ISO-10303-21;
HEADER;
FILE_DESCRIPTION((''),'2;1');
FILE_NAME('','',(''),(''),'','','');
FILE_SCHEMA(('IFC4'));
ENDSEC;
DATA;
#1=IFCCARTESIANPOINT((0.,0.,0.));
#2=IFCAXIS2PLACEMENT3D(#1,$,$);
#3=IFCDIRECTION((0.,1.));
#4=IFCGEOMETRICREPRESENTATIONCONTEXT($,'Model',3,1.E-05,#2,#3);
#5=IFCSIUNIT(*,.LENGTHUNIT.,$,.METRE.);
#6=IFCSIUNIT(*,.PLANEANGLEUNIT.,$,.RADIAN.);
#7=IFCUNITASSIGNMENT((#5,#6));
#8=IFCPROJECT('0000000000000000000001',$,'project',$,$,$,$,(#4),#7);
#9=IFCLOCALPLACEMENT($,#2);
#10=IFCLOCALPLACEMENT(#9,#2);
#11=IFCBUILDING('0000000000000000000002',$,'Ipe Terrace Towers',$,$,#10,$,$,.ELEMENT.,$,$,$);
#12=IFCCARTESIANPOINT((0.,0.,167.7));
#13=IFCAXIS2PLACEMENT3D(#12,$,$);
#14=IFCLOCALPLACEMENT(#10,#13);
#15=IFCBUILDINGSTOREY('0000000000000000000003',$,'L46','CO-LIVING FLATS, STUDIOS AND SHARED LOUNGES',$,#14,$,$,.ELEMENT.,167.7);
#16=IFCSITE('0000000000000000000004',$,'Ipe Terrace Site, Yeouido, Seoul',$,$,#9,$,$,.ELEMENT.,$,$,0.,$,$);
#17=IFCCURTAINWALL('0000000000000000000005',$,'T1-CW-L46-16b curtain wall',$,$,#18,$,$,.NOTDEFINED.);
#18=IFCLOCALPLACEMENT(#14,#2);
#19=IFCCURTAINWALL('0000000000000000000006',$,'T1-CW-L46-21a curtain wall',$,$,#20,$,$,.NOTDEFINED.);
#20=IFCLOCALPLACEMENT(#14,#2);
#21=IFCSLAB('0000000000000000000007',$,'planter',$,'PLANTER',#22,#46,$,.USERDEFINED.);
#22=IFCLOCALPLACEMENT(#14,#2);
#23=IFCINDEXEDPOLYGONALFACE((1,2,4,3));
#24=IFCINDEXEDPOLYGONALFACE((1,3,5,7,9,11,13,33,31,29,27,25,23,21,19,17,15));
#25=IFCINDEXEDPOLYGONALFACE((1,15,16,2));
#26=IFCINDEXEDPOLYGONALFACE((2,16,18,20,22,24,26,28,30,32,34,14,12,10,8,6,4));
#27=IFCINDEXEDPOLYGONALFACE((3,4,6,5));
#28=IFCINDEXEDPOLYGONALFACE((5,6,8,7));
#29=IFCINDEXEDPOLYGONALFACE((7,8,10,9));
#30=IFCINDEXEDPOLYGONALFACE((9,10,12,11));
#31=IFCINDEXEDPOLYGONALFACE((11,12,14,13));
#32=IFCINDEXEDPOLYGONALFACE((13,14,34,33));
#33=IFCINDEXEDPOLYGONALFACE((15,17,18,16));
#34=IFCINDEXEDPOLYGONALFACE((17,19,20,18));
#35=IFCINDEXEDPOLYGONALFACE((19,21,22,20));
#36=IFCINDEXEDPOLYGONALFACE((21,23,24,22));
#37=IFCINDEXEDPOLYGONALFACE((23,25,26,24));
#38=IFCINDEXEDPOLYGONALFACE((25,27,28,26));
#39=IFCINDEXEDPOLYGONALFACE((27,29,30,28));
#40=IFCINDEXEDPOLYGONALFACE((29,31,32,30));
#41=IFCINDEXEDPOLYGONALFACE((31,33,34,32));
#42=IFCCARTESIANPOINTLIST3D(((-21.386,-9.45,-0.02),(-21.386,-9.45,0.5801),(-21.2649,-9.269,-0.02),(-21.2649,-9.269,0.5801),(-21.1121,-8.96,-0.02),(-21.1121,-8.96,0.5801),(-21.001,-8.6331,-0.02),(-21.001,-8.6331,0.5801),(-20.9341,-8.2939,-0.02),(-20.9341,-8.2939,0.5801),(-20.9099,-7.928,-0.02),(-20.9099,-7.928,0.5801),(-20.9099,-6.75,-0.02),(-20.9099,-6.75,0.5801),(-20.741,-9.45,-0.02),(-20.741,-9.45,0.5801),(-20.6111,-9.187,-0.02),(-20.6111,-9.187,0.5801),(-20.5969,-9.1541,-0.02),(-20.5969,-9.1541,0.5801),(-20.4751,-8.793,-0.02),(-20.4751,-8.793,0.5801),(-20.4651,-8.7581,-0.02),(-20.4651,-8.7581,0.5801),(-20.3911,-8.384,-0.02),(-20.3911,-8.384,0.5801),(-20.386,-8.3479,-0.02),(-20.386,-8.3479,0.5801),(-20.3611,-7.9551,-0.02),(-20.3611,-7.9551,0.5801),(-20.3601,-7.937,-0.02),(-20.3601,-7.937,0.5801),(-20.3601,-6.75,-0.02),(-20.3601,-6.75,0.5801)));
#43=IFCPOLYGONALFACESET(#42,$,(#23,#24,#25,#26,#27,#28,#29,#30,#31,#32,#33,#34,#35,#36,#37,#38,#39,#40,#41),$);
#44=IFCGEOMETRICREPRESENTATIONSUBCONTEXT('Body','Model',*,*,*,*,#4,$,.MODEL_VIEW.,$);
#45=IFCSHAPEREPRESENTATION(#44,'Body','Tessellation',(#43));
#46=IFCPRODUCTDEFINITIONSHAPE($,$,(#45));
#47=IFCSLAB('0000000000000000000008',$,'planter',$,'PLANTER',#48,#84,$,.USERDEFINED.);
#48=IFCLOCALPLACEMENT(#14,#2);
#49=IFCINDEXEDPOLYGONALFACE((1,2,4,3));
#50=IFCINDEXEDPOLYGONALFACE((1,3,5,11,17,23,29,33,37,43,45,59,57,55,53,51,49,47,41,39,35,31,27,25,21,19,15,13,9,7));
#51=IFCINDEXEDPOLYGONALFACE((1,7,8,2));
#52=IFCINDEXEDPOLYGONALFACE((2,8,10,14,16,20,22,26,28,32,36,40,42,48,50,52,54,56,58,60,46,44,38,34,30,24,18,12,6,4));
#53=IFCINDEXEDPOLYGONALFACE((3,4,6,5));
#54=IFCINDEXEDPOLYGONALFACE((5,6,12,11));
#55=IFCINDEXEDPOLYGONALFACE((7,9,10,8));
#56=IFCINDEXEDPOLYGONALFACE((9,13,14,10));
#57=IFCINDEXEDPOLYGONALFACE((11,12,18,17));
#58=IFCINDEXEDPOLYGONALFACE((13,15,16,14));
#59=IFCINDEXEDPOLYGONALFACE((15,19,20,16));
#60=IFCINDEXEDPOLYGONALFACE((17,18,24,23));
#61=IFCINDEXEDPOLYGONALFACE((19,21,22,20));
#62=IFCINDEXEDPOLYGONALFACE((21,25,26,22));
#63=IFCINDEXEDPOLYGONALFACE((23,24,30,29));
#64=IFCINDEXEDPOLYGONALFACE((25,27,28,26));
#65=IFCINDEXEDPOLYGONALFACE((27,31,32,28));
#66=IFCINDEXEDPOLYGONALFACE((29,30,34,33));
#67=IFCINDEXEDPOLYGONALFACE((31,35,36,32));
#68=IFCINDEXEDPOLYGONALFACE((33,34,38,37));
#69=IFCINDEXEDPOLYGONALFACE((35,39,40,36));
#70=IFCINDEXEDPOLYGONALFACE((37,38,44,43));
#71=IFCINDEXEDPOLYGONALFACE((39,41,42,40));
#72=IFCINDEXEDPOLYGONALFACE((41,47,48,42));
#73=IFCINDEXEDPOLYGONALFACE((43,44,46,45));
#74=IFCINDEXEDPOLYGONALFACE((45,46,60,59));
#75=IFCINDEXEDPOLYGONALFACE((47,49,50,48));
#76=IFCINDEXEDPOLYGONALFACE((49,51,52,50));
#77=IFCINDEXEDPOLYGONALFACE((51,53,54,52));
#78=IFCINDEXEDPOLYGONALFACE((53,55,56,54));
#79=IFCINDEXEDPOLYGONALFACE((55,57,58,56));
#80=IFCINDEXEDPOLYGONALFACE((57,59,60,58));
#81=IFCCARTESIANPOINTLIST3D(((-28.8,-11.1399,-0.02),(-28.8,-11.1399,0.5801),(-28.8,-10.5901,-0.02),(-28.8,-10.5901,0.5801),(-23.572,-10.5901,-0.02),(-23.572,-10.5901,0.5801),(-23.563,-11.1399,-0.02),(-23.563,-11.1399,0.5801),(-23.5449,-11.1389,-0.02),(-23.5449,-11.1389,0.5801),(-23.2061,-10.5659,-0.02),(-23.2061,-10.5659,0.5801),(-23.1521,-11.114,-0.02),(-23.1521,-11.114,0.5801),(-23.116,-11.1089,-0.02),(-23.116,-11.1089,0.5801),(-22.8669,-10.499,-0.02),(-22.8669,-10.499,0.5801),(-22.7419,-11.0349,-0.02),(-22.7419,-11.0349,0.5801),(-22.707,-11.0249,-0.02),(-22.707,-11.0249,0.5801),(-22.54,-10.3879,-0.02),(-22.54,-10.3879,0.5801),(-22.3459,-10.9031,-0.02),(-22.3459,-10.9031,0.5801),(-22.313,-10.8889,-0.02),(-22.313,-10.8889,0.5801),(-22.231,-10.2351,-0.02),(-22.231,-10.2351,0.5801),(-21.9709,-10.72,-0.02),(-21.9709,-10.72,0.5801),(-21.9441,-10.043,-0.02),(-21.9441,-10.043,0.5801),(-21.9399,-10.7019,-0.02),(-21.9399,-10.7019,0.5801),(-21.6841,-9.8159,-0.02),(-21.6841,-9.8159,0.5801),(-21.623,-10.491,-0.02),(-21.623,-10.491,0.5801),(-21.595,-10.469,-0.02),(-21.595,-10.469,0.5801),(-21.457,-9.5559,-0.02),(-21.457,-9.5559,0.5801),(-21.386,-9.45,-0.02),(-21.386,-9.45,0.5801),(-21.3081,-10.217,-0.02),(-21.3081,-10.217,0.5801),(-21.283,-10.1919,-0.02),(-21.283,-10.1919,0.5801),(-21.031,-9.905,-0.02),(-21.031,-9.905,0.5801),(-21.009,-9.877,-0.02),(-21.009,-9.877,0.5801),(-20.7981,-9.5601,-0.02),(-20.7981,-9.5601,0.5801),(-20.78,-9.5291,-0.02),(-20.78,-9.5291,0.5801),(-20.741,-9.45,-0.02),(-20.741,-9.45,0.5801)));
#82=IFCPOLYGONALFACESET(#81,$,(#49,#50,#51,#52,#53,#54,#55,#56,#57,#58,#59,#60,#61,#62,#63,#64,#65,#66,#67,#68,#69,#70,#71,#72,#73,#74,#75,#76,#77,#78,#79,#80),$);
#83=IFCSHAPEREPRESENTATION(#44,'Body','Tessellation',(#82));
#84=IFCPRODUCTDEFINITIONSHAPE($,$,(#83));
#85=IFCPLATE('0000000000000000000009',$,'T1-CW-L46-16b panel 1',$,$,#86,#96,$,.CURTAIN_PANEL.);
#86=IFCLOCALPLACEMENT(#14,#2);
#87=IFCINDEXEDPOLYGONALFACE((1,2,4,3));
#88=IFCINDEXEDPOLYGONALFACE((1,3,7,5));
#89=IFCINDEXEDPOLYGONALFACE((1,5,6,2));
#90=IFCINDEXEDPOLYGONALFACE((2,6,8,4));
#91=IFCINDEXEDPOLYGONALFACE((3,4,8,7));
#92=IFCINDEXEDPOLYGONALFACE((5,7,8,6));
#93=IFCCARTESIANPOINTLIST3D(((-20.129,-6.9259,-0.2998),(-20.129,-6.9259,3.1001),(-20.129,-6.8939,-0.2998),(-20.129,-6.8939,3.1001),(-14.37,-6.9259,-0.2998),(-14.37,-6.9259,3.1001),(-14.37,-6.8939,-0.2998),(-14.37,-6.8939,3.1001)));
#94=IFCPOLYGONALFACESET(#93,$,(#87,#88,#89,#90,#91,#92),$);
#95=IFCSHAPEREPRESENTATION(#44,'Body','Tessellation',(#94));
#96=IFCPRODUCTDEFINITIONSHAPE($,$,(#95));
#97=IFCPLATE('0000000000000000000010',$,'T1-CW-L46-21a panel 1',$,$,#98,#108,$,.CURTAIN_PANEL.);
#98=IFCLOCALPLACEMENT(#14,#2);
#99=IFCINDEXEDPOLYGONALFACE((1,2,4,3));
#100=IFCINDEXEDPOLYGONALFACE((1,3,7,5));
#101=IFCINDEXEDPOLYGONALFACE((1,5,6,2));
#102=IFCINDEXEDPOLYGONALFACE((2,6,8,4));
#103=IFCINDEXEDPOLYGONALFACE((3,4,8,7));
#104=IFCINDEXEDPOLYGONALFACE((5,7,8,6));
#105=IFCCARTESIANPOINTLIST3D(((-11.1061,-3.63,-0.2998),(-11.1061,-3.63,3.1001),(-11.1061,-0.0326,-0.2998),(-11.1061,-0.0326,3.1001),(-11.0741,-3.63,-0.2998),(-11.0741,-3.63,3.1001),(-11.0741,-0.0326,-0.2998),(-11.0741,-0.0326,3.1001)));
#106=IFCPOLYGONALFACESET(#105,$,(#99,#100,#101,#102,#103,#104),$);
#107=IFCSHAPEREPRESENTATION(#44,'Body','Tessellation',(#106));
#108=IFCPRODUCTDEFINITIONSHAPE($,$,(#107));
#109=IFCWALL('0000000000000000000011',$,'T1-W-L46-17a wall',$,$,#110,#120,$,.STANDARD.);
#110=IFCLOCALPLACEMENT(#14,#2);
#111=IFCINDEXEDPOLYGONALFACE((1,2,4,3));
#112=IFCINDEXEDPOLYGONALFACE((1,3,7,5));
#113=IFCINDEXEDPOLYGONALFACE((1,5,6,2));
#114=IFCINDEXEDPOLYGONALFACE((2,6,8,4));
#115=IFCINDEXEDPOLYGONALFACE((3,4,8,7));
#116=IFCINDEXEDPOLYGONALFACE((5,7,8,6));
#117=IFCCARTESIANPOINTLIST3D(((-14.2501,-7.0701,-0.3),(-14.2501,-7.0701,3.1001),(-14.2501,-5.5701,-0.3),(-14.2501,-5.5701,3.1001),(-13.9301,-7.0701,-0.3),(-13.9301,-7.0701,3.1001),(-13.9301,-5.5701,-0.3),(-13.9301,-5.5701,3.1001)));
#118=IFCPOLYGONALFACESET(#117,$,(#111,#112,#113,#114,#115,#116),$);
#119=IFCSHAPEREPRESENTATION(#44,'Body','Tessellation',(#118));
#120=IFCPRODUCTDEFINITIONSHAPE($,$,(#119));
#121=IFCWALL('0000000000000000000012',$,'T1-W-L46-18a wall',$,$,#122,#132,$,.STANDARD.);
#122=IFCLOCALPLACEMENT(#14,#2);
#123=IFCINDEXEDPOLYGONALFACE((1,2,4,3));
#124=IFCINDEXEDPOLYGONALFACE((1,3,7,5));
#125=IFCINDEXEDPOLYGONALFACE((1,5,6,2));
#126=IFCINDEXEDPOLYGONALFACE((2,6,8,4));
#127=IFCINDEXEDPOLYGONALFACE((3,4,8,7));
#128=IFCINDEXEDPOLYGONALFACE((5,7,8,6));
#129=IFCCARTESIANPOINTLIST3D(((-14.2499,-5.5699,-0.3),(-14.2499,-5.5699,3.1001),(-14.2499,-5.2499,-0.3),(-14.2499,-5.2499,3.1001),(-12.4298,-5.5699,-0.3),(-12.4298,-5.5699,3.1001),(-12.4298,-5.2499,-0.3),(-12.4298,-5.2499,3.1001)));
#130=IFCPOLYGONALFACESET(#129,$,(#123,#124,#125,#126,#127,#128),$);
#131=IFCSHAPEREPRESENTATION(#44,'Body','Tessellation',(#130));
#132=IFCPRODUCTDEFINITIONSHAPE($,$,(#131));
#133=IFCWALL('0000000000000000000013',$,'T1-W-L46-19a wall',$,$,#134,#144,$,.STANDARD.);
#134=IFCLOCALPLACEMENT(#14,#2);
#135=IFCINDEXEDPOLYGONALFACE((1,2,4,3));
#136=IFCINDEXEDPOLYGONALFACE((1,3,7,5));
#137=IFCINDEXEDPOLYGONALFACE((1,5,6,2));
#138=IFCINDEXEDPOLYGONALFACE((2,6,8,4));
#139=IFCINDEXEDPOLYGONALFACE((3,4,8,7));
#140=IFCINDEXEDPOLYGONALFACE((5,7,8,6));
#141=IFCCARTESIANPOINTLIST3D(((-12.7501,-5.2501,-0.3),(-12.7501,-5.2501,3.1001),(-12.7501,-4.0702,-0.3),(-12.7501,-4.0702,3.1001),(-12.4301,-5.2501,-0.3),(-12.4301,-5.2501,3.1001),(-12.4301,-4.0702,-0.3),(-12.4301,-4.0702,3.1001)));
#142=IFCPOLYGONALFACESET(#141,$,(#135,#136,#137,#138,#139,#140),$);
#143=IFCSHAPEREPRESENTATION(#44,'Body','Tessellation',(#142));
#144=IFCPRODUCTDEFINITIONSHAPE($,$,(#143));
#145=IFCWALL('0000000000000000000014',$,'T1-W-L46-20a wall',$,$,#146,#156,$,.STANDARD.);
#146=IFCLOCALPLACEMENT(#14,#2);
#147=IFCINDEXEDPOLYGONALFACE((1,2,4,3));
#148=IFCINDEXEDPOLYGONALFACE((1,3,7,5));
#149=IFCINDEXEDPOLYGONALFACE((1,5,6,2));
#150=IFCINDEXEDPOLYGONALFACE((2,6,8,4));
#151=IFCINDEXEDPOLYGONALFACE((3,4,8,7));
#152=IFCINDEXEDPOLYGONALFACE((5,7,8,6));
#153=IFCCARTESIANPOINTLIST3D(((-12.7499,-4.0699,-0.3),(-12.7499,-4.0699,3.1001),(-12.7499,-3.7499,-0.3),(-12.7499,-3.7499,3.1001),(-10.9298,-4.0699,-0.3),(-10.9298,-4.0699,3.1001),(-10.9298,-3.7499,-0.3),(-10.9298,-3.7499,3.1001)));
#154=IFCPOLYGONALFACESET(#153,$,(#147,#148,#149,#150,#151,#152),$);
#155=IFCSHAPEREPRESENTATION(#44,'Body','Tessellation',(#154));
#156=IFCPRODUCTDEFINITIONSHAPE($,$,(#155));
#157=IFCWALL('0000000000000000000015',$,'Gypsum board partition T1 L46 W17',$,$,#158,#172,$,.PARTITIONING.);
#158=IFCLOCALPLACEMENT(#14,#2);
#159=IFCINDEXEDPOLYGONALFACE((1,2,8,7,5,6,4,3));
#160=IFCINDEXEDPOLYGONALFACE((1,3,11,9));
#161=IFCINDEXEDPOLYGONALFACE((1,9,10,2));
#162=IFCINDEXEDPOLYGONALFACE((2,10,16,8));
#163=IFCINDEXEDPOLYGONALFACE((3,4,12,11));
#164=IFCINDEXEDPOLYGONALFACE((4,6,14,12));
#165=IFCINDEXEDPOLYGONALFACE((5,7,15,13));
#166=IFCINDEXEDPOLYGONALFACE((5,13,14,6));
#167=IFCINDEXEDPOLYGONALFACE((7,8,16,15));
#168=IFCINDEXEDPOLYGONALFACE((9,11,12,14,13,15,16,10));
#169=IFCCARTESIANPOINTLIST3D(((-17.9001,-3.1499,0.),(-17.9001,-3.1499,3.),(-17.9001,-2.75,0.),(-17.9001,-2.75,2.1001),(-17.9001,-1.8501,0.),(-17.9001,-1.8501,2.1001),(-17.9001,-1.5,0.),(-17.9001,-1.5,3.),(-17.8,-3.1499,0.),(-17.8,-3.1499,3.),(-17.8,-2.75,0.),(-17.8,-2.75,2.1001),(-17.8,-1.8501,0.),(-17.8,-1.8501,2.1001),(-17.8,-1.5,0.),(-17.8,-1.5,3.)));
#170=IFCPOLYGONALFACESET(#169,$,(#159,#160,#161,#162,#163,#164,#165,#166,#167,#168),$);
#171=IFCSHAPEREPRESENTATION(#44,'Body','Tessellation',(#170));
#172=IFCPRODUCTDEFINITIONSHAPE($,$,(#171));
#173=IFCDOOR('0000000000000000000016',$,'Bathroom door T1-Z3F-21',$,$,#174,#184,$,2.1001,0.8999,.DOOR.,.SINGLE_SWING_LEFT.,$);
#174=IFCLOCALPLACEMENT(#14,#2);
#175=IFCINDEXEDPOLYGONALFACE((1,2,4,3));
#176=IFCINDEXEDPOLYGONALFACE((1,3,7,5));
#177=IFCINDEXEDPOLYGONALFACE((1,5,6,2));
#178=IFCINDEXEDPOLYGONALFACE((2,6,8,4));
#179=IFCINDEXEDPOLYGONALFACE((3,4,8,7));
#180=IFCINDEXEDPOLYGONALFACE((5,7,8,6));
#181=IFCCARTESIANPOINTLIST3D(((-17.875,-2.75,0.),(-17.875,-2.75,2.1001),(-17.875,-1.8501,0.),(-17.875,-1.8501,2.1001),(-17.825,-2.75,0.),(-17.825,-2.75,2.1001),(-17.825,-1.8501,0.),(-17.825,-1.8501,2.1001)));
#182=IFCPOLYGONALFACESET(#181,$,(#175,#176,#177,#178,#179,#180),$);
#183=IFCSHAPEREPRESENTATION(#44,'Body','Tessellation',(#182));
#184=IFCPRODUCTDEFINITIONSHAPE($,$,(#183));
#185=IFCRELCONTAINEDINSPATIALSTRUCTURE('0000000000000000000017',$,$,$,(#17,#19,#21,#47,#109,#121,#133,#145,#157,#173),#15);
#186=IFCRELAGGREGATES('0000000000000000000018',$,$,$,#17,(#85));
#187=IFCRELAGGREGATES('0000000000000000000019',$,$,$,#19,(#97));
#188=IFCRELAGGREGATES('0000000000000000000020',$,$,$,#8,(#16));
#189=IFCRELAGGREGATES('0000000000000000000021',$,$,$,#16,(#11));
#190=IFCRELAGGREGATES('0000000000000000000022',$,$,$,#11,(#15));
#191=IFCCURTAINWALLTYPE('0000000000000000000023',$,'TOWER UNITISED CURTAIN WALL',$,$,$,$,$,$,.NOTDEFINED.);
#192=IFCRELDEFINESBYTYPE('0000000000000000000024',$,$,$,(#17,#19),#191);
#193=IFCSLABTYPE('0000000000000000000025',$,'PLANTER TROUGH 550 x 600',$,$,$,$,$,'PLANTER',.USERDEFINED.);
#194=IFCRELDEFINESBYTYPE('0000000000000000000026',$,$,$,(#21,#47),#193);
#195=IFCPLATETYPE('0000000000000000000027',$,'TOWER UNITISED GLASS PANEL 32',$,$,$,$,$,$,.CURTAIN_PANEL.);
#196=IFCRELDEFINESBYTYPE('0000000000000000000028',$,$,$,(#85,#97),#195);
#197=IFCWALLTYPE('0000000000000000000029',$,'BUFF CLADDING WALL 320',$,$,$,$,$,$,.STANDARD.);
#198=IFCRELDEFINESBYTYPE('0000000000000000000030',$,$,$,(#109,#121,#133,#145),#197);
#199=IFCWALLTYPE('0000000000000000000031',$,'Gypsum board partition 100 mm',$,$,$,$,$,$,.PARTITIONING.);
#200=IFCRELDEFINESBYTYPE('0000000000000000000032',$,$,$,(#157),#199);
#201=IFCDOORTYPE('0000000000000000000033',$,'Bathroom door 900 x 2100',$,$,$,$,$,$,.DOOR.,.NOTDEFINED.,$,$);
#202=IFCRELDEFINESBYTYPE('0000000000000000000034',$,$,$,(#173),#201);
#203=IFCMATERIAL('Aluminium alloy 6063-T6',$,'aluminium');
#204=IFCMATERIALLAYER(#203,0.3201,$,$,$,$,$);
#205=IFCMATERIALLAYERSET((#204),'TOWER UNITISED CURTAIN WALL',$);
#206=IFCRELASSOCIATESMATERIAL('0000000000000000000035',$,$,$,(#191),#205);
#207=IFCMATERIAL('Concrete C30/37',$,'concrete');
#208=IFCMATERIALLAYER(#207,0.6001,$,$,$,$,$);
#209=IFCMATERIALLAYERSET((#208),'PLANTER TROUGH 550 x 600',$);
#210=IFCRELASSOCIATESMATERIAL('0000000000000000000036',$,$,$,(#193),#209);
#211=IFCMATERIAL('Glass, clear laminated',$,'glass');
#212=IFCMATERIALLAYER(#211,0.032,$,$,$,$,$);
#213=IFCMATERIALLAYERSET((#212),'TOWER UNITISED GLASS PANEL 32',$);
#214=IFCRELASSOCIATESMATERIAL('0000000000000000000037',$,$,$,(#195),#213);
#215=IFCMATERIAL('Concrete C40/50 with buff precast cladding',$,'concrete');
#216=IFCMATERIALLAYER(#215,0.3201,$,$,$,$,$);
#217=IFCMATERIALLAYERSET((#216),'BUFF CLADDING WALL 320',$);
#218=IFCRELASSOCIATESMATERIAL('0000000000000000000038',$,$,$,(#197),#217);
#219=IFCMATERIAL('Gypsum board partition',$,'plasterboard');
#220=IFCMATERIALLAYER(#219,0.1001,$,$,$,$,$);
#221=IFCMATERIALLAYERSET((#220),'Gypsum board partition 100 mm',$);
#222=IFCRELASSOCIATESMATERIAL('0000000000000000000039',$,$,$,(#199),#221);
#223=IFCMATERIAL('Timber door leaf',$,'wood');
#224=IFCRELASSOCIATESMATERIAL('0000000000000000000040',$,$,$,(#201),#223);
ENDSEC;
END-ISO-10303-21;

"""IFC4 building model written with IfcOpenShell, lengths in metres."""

from ifc_helpers import new_model, si_unit, direction, frame, frame_2d, origin, origin_2d, place, context, subcontext, project, spatial, polyline, rectangle, outline, extrude, material, layer, layer_set, type_object, element, fill, aggregate, save


model = new_model("IFC4")

# Units and contexts
model_context = context("Model", 3, precision=1e-05, world=origin(), true_north=direction((0.0, 1.0)))
body_context = subcontext(model_context, "Body", "Model", "MODEL_VIEW")
ifc_project = project(units=[si_unit("LENGTHUNIT", "METRE"), si_unit("PLANEANGLEUNIT", "RADIAN")], contexts=[model_context])

# Site, building, storey
site_placement = place(None, origin())
site = spatial("IfcSite", under=ifc_project, at=site_placement, Name="Ipe Terrace Site, Yeouido, Seoul", CompositionType="ELEMENT", RefElevation=0.0)
building_placement = place(site_placement, origin())
building = spatial("IfcBuilding", under=site, at=building_placement, Name="Ipe Terrace Towers", CompositionType="ELEMENT")
storey_placement = place(building_placement, frame((0.0, 0.0, 167.7)))
storey = spatial("IfcBuildingStorey", under=building, at=storey_placement, Name="L46", Description="CO-LIVING FLATS, STUDIOS AND SHARED LOUNGES", CompositionType="ELEMENT", Elevation=167.7)

# Curtain wall
ifc_material_1 = material(Name="Aluminium alloy 6063-T6", Category="aluminium")
ifc_layer_1 = layer(ifc_material_1, 0.3201)
ifc_layer_set_1 = layer_set([ifc_layer_1], Name="TOWER UNITISED CURTAIN WALL")
curtain_wall_type = type_object("IfcCurtainWallType", Name="TOWER UNITISED CURTAIN WALL", PredefinedType="NOTDEFINED", material=ifc_layer_set_1)
curtain_wall_1_placement = place(storey_placement, origin())
curtain_wall_1 = element("IfcCurtainWall", 1, at=curtain_wall_1_placement, inside=storey, type_object=curtain_wall_type, Name="T1-CW-L46-16b curtain wall", PredefinedType="NOTDEFINED")

# Curtain wall
curtain_wall_2_placement = place(storey_placement, origin())
curtain_wall_2 = element("IfcCurtainWall", 2, at=curtain_wall_2_placement, inside=storey, type_object=curtain_wall_type, Name="T1-CW-L46-21a curtain wall", PredefinedType="NOTDEFINED")

# Slabs
ifc_material_2 = material(Name="Concrete C30/37", Category="concrete")
ifc_layer_2 = layer(ifc_material_2, 0.6001)
ifc_layer_set_2 = layer_set([ifc_layer_2], Name="PLANTER TROUGH 550 x 600")
slab_type_1 = type_object("IfcSlabType", Name="PLANTER TROUGH 550 x 600", ElementType="PLANTER", PredefinedType="USERDEFINED", material=ifc_layer_set_2)
slab_1_placement = place(storey_placement, frame((0.0, 0.0, -0.02)))
element("IfcSlab", 3, at=slab_1_placement, inside=storey, type_object=slab_type_1, Name="planter", ObjectType="PLANTER", PredefinedType="USERDEFINED", context=body_context, shape_type="SweptSolid", body=[
    extrude(outline(polyline([(-21.001, -8.6331), (-21.1121, -8.96), (-21.2649, -9.269), (-21.386, -9.45), (-20.741, -9.45), (-20.6111, -9.187), (-20.5969, -9.1541), (-20.4751, -8.793), (-20.4651, -8.7581), (-20.3911, -8.384), (-20.386, -8.3479), (-20.3611, -7.9551), (-20.3601, -7.937), (-20.3601, -6.75), (-20.9099, -6.75), (-20.9099, -7.928), (-20.9341, -8.2939), (-21.001, -8.6331)])), origin(), (0.0, 0.0, 1.0), 0.6001),
])
slab_2_placement = place(storey_placement, frame((0.0, 0.0, -0.02)))
element("IfcSlab", 4, at=slab_2_placement, inside=storey, type_object=slab_type_1, Name="planter", ObjectType="PLANTER", PredefinedType="USERDEFINED", context=body_context, shape_type="SweptSolid", body=[
    extrude(outline(polyline([(-21.457, -9.5559), (-21.6841, -9.8159), (-21.9441, -10.043), (-22.231, -10.2351), (-22.54, -10.3879), (-22.8669, -10.499), (-23.2061, -10.5659), (-23.572, -10.5901), (-28.8, -10.5901), (-28.8, -11.1399), (-23.563, -11.1399), (-23.5449, -11.1389), (-23.1521, -11.114), (-23.116, -11.1089), (-22.7419, -11.0349), (-22.707, -11.0249), (-22.3459, -10.9031), (-22.313, -10.8889), (-21.9709, -10.72), (-21.9399, -10.7019), (-21.623, -10.491), (-21.595, -10.469), (-21.3081, -10.217), (-21.283, -10.1919), (-21.031, -9.905), (-21.009, -9.877), (-20.7981, -9.5601), (-20.78, -9.5291), (-20.741, -9.45), (-21.386, -9.45), (-21.457, -9.5559)])), origin(), (0.0, 0.0, 1.0), 0.6001),
])

# Plates
ifc_material_3 = material(Name="Glass, clear laminated", Category="glass")
ifc_layer_3 = layer(ifc_material_3, 0.032)
ifc_layer_set_3 = layer_set([ifc_layer_3], Name="TOWER UNITISED GLASS PANEL 32")
plate_type = type_object("IfcPlateType", Name="TOWER UNITISED GLASS PANEL 32", PredefinedType="CURTAIN_PANEL", material=ifc_layer_set_3)
plate_1_placement = place(storey_placement, frame((-17.2495, -6.9099, -0.2998), z_axis=(0.0, 0.0, 1.0), x_axis=(1.0, 0.0, 0.0)))
plate_1 = element("IfcPlate", 5, at=plate_1_placement, type_object=plate_type, Name="T1-CW-L46-16b panel 1", PredefinedType="CURTAIN_PANEL", context=body_context, shape_type="SweptSolid", body=[
    extrude(rectangle(XDim=5.759, YDim=0.032, at=origin_2d()), origin(), (0.0, 0.0, 1.0), 3.3999),
])
aggregate(curtain_wall_1, [plate_1])
plate_2_placement = place(storey_placement, frame((-11.0901, -1.8313, -0.2998), z_axis=(0.0, 0.0, 1.0), x_axis=(0.0, 1.0, 0.0)))
plate_2 = element("IfcPlate", 6, at=plate_2_placement, type_object=plate_type, Name="T1-CW-L46-21a panel 1", PredefinedType="CURTAIN_PANEL", context=body_context, shape_type="SweptSolid", body=[
    extrude(rectangle(XDim=3.5974, YDim=0.032, at=origin_2d()), origin(), (0.0, 0.0, 1.0), 3.3999),
])
aggregate(curtain_wall_2, [plate_2])

# Walls
ifc_material_4 = material(Name="Concrete C40/50 with buff precast cladding", Category="concrete")
ifc_layer_4 = layer(ifc_material_4, 0.3201)
ifc_layer_set_4 = layer_set([ifc_layer_4], Name="BUFF CLADDING WALL 320")
wall_type_1 = type_object("IfcWallType", Name="BUFF CLADDING WALL 320", PredefinedType="STANDARD", material=ifc_layer_set_4)
wall_1_placement = place(storey_placement, frame((-14.0901, -7.0701, -0.3), z_axis=(0.0, 0.0, 1.0), x_axis=(0.0, 1.0, 0.0)))
element("IfcWall", 7, at=wall_1_placement, inside=storey, type_object=wall_type_1, Name="T1-W-L46-17a wall", PredefinedType="STANDARD", context=body_context, shape_type="SweptSolid", body=[
    extrude(rectangle(XDim=1.5, YDim=0.3201, at=frame_2d((0.75, 0.0))), origin(), (0.0, 0.0, 1.0), 3.4001),
])
wall_2_placement = place(storey_placement, frame((-14.25, -5.4099, -0.3), z_axis=(0.0, 0.0, 1.0), x_axis=(1.0, 0.0, 0.0)))
element("IfcWall", 8, at=wall_2_placement, inside=storey, type_object=wall_type_1, Name="T1-W-L46-18a wall", PredefinedType="STANDARD", context=body_context, shape_type="SweptSolid", body=[
    extrude(rectangle(XDim=1.8201, YDim=0.3201, at=frame_2d((0.9102, 0.0))), origin(), (0.0, 0.0, 1.0), 3.4001),
])
wall_3_placement = place(storey_placement, frame((-12.5901, -5.25, -0.3), z_axis=(0.0, 0.0, 1.0), x_axis=(0.0, 1.0, 0.0)))
element("IfcWall", 9, at=wall_3_placement, inside=storey, type_object=wall_type_1, Name="T1-W-L46-19a wall", PredefinedType="STANDARD", context=body_context, shape_type="SweptSolid", body=[
    extrude(rectangle(XDim=1.1799, YDim=0.3201, at=frame_2d((0.5898, 0.0))), origin(), (0.0, 0.0, 1.0), 3.4001),
])
wall_4_placement = place(storey_placement, frame((-12.75, -3.9099, -0.3), z_axis=(0.0, 0.0, 1.0), x_axis=(1.0, 0.0, 0.0)))
element("IfcWall", 10, at=wall_4_placement, inside=storey, type_object=wall_type_1, Name="T1-W-L46-20a wall", PredefinedType="STANDARD", context=body_context, shape_type="SweptSolid", body=[
    extrude(rectangle(XDim=1.8201, YDim=0.3201, at=frame_2d((0.9102, 0.0))), origin(), (0.0, 0.0, 1.0), 3.4001),
])

# Wall, opening, door
ifc_material_5 = material(Name="Gypsum board partition", Category="plasterboard")
ifc_layer_5 = layer(ifc_material_5, 0.1001)
ifc_layer_set_5 = layer_set([ifc_layer_5], Name="Gypsum board partition 100 mm")
wall_type_2 = type_object("IfcWallType", Name="Gypsum board partition 100 mm", PredefinedType="PARTITIONING", material=ifc_layer_set_5)
wall_5_placement = place(storey_placement, frame((-17.8501, -3.1499, 0.0), z_axis=(0.0, 0.0, 1.0), x_axis=(0.0, 1.0, 0.0)))
wall_5 = element("IfcWall", 11, at=wall_5_placement, inside=storey, type_object=wall_type_2, Name="Gypsum board partition T1 L46 W17", PredefinedType="PARTITIONING", context=body_context, shape_type="SweptSolid", body=[
    extrude(rectangle(XDim=1.6499, YDim=0.1001, at=frame_2d((0.825, 0.0))), origin(), (0.0, 0.0, 1.0), 3.0),
])
opening_1_placement = place(wall_5_placement, frame((0.3999, 0.0, 0.0)))
opening_1 = element("IfcOpeningElement", 12, at=opening_1_placement, cuts=wall_5, PredefinedType="OPENING", context=body_context, shape_type="SweptSolid", body=[
    extrude(rectangle(XDim=0.8999, YDim=2.1001, at=frame_2d((0.45, 1.05))), frame((0.0, 0.0601, 0.0), z_axis=(0.0, -1.0, 0.0), x_axis=(1.0, 0.0, 0.0)), (0.0, 0.0, 1.0), 0.1201),
])
ifc_material_6 = material(Name="Timber door leaf", Category="wood")
door_type_1 = type_object("IfcDoorType", Name="Bathroom door 900 x 2100", OperationType="NOTDEFINED", PredefinedType="DOOR", material=ifc_material_6)
door_1_placement = place(opening_1_placement, origin())
door_1 = element("IfcDoor", 13, at=door_1_placement, inside=storey, type_object=door_type_1, Name="Bathroom door T1-Z3F-21", OperationType="SINGLE_SWING_LEFT", OverallHeight=2.1001, OverallWidth=0.8999, PredefinedType="DOOR", context=body_context, shape_type="SweptSolid", body=[
    extrude(rectangle(XDim=0.8999, YDim=2.1001, at=frame_2d((0.45, 1.05))), frame((0.0, 0.0249, 0.0), z_axis=(0.0, -1.0, 0.0), x_axis=(1.0, 0.0, 0.0)), (0.0, 0.0, 1.0), 0.05),
])
fill(opening_1, door_1)

save(model, "model.ifc")
